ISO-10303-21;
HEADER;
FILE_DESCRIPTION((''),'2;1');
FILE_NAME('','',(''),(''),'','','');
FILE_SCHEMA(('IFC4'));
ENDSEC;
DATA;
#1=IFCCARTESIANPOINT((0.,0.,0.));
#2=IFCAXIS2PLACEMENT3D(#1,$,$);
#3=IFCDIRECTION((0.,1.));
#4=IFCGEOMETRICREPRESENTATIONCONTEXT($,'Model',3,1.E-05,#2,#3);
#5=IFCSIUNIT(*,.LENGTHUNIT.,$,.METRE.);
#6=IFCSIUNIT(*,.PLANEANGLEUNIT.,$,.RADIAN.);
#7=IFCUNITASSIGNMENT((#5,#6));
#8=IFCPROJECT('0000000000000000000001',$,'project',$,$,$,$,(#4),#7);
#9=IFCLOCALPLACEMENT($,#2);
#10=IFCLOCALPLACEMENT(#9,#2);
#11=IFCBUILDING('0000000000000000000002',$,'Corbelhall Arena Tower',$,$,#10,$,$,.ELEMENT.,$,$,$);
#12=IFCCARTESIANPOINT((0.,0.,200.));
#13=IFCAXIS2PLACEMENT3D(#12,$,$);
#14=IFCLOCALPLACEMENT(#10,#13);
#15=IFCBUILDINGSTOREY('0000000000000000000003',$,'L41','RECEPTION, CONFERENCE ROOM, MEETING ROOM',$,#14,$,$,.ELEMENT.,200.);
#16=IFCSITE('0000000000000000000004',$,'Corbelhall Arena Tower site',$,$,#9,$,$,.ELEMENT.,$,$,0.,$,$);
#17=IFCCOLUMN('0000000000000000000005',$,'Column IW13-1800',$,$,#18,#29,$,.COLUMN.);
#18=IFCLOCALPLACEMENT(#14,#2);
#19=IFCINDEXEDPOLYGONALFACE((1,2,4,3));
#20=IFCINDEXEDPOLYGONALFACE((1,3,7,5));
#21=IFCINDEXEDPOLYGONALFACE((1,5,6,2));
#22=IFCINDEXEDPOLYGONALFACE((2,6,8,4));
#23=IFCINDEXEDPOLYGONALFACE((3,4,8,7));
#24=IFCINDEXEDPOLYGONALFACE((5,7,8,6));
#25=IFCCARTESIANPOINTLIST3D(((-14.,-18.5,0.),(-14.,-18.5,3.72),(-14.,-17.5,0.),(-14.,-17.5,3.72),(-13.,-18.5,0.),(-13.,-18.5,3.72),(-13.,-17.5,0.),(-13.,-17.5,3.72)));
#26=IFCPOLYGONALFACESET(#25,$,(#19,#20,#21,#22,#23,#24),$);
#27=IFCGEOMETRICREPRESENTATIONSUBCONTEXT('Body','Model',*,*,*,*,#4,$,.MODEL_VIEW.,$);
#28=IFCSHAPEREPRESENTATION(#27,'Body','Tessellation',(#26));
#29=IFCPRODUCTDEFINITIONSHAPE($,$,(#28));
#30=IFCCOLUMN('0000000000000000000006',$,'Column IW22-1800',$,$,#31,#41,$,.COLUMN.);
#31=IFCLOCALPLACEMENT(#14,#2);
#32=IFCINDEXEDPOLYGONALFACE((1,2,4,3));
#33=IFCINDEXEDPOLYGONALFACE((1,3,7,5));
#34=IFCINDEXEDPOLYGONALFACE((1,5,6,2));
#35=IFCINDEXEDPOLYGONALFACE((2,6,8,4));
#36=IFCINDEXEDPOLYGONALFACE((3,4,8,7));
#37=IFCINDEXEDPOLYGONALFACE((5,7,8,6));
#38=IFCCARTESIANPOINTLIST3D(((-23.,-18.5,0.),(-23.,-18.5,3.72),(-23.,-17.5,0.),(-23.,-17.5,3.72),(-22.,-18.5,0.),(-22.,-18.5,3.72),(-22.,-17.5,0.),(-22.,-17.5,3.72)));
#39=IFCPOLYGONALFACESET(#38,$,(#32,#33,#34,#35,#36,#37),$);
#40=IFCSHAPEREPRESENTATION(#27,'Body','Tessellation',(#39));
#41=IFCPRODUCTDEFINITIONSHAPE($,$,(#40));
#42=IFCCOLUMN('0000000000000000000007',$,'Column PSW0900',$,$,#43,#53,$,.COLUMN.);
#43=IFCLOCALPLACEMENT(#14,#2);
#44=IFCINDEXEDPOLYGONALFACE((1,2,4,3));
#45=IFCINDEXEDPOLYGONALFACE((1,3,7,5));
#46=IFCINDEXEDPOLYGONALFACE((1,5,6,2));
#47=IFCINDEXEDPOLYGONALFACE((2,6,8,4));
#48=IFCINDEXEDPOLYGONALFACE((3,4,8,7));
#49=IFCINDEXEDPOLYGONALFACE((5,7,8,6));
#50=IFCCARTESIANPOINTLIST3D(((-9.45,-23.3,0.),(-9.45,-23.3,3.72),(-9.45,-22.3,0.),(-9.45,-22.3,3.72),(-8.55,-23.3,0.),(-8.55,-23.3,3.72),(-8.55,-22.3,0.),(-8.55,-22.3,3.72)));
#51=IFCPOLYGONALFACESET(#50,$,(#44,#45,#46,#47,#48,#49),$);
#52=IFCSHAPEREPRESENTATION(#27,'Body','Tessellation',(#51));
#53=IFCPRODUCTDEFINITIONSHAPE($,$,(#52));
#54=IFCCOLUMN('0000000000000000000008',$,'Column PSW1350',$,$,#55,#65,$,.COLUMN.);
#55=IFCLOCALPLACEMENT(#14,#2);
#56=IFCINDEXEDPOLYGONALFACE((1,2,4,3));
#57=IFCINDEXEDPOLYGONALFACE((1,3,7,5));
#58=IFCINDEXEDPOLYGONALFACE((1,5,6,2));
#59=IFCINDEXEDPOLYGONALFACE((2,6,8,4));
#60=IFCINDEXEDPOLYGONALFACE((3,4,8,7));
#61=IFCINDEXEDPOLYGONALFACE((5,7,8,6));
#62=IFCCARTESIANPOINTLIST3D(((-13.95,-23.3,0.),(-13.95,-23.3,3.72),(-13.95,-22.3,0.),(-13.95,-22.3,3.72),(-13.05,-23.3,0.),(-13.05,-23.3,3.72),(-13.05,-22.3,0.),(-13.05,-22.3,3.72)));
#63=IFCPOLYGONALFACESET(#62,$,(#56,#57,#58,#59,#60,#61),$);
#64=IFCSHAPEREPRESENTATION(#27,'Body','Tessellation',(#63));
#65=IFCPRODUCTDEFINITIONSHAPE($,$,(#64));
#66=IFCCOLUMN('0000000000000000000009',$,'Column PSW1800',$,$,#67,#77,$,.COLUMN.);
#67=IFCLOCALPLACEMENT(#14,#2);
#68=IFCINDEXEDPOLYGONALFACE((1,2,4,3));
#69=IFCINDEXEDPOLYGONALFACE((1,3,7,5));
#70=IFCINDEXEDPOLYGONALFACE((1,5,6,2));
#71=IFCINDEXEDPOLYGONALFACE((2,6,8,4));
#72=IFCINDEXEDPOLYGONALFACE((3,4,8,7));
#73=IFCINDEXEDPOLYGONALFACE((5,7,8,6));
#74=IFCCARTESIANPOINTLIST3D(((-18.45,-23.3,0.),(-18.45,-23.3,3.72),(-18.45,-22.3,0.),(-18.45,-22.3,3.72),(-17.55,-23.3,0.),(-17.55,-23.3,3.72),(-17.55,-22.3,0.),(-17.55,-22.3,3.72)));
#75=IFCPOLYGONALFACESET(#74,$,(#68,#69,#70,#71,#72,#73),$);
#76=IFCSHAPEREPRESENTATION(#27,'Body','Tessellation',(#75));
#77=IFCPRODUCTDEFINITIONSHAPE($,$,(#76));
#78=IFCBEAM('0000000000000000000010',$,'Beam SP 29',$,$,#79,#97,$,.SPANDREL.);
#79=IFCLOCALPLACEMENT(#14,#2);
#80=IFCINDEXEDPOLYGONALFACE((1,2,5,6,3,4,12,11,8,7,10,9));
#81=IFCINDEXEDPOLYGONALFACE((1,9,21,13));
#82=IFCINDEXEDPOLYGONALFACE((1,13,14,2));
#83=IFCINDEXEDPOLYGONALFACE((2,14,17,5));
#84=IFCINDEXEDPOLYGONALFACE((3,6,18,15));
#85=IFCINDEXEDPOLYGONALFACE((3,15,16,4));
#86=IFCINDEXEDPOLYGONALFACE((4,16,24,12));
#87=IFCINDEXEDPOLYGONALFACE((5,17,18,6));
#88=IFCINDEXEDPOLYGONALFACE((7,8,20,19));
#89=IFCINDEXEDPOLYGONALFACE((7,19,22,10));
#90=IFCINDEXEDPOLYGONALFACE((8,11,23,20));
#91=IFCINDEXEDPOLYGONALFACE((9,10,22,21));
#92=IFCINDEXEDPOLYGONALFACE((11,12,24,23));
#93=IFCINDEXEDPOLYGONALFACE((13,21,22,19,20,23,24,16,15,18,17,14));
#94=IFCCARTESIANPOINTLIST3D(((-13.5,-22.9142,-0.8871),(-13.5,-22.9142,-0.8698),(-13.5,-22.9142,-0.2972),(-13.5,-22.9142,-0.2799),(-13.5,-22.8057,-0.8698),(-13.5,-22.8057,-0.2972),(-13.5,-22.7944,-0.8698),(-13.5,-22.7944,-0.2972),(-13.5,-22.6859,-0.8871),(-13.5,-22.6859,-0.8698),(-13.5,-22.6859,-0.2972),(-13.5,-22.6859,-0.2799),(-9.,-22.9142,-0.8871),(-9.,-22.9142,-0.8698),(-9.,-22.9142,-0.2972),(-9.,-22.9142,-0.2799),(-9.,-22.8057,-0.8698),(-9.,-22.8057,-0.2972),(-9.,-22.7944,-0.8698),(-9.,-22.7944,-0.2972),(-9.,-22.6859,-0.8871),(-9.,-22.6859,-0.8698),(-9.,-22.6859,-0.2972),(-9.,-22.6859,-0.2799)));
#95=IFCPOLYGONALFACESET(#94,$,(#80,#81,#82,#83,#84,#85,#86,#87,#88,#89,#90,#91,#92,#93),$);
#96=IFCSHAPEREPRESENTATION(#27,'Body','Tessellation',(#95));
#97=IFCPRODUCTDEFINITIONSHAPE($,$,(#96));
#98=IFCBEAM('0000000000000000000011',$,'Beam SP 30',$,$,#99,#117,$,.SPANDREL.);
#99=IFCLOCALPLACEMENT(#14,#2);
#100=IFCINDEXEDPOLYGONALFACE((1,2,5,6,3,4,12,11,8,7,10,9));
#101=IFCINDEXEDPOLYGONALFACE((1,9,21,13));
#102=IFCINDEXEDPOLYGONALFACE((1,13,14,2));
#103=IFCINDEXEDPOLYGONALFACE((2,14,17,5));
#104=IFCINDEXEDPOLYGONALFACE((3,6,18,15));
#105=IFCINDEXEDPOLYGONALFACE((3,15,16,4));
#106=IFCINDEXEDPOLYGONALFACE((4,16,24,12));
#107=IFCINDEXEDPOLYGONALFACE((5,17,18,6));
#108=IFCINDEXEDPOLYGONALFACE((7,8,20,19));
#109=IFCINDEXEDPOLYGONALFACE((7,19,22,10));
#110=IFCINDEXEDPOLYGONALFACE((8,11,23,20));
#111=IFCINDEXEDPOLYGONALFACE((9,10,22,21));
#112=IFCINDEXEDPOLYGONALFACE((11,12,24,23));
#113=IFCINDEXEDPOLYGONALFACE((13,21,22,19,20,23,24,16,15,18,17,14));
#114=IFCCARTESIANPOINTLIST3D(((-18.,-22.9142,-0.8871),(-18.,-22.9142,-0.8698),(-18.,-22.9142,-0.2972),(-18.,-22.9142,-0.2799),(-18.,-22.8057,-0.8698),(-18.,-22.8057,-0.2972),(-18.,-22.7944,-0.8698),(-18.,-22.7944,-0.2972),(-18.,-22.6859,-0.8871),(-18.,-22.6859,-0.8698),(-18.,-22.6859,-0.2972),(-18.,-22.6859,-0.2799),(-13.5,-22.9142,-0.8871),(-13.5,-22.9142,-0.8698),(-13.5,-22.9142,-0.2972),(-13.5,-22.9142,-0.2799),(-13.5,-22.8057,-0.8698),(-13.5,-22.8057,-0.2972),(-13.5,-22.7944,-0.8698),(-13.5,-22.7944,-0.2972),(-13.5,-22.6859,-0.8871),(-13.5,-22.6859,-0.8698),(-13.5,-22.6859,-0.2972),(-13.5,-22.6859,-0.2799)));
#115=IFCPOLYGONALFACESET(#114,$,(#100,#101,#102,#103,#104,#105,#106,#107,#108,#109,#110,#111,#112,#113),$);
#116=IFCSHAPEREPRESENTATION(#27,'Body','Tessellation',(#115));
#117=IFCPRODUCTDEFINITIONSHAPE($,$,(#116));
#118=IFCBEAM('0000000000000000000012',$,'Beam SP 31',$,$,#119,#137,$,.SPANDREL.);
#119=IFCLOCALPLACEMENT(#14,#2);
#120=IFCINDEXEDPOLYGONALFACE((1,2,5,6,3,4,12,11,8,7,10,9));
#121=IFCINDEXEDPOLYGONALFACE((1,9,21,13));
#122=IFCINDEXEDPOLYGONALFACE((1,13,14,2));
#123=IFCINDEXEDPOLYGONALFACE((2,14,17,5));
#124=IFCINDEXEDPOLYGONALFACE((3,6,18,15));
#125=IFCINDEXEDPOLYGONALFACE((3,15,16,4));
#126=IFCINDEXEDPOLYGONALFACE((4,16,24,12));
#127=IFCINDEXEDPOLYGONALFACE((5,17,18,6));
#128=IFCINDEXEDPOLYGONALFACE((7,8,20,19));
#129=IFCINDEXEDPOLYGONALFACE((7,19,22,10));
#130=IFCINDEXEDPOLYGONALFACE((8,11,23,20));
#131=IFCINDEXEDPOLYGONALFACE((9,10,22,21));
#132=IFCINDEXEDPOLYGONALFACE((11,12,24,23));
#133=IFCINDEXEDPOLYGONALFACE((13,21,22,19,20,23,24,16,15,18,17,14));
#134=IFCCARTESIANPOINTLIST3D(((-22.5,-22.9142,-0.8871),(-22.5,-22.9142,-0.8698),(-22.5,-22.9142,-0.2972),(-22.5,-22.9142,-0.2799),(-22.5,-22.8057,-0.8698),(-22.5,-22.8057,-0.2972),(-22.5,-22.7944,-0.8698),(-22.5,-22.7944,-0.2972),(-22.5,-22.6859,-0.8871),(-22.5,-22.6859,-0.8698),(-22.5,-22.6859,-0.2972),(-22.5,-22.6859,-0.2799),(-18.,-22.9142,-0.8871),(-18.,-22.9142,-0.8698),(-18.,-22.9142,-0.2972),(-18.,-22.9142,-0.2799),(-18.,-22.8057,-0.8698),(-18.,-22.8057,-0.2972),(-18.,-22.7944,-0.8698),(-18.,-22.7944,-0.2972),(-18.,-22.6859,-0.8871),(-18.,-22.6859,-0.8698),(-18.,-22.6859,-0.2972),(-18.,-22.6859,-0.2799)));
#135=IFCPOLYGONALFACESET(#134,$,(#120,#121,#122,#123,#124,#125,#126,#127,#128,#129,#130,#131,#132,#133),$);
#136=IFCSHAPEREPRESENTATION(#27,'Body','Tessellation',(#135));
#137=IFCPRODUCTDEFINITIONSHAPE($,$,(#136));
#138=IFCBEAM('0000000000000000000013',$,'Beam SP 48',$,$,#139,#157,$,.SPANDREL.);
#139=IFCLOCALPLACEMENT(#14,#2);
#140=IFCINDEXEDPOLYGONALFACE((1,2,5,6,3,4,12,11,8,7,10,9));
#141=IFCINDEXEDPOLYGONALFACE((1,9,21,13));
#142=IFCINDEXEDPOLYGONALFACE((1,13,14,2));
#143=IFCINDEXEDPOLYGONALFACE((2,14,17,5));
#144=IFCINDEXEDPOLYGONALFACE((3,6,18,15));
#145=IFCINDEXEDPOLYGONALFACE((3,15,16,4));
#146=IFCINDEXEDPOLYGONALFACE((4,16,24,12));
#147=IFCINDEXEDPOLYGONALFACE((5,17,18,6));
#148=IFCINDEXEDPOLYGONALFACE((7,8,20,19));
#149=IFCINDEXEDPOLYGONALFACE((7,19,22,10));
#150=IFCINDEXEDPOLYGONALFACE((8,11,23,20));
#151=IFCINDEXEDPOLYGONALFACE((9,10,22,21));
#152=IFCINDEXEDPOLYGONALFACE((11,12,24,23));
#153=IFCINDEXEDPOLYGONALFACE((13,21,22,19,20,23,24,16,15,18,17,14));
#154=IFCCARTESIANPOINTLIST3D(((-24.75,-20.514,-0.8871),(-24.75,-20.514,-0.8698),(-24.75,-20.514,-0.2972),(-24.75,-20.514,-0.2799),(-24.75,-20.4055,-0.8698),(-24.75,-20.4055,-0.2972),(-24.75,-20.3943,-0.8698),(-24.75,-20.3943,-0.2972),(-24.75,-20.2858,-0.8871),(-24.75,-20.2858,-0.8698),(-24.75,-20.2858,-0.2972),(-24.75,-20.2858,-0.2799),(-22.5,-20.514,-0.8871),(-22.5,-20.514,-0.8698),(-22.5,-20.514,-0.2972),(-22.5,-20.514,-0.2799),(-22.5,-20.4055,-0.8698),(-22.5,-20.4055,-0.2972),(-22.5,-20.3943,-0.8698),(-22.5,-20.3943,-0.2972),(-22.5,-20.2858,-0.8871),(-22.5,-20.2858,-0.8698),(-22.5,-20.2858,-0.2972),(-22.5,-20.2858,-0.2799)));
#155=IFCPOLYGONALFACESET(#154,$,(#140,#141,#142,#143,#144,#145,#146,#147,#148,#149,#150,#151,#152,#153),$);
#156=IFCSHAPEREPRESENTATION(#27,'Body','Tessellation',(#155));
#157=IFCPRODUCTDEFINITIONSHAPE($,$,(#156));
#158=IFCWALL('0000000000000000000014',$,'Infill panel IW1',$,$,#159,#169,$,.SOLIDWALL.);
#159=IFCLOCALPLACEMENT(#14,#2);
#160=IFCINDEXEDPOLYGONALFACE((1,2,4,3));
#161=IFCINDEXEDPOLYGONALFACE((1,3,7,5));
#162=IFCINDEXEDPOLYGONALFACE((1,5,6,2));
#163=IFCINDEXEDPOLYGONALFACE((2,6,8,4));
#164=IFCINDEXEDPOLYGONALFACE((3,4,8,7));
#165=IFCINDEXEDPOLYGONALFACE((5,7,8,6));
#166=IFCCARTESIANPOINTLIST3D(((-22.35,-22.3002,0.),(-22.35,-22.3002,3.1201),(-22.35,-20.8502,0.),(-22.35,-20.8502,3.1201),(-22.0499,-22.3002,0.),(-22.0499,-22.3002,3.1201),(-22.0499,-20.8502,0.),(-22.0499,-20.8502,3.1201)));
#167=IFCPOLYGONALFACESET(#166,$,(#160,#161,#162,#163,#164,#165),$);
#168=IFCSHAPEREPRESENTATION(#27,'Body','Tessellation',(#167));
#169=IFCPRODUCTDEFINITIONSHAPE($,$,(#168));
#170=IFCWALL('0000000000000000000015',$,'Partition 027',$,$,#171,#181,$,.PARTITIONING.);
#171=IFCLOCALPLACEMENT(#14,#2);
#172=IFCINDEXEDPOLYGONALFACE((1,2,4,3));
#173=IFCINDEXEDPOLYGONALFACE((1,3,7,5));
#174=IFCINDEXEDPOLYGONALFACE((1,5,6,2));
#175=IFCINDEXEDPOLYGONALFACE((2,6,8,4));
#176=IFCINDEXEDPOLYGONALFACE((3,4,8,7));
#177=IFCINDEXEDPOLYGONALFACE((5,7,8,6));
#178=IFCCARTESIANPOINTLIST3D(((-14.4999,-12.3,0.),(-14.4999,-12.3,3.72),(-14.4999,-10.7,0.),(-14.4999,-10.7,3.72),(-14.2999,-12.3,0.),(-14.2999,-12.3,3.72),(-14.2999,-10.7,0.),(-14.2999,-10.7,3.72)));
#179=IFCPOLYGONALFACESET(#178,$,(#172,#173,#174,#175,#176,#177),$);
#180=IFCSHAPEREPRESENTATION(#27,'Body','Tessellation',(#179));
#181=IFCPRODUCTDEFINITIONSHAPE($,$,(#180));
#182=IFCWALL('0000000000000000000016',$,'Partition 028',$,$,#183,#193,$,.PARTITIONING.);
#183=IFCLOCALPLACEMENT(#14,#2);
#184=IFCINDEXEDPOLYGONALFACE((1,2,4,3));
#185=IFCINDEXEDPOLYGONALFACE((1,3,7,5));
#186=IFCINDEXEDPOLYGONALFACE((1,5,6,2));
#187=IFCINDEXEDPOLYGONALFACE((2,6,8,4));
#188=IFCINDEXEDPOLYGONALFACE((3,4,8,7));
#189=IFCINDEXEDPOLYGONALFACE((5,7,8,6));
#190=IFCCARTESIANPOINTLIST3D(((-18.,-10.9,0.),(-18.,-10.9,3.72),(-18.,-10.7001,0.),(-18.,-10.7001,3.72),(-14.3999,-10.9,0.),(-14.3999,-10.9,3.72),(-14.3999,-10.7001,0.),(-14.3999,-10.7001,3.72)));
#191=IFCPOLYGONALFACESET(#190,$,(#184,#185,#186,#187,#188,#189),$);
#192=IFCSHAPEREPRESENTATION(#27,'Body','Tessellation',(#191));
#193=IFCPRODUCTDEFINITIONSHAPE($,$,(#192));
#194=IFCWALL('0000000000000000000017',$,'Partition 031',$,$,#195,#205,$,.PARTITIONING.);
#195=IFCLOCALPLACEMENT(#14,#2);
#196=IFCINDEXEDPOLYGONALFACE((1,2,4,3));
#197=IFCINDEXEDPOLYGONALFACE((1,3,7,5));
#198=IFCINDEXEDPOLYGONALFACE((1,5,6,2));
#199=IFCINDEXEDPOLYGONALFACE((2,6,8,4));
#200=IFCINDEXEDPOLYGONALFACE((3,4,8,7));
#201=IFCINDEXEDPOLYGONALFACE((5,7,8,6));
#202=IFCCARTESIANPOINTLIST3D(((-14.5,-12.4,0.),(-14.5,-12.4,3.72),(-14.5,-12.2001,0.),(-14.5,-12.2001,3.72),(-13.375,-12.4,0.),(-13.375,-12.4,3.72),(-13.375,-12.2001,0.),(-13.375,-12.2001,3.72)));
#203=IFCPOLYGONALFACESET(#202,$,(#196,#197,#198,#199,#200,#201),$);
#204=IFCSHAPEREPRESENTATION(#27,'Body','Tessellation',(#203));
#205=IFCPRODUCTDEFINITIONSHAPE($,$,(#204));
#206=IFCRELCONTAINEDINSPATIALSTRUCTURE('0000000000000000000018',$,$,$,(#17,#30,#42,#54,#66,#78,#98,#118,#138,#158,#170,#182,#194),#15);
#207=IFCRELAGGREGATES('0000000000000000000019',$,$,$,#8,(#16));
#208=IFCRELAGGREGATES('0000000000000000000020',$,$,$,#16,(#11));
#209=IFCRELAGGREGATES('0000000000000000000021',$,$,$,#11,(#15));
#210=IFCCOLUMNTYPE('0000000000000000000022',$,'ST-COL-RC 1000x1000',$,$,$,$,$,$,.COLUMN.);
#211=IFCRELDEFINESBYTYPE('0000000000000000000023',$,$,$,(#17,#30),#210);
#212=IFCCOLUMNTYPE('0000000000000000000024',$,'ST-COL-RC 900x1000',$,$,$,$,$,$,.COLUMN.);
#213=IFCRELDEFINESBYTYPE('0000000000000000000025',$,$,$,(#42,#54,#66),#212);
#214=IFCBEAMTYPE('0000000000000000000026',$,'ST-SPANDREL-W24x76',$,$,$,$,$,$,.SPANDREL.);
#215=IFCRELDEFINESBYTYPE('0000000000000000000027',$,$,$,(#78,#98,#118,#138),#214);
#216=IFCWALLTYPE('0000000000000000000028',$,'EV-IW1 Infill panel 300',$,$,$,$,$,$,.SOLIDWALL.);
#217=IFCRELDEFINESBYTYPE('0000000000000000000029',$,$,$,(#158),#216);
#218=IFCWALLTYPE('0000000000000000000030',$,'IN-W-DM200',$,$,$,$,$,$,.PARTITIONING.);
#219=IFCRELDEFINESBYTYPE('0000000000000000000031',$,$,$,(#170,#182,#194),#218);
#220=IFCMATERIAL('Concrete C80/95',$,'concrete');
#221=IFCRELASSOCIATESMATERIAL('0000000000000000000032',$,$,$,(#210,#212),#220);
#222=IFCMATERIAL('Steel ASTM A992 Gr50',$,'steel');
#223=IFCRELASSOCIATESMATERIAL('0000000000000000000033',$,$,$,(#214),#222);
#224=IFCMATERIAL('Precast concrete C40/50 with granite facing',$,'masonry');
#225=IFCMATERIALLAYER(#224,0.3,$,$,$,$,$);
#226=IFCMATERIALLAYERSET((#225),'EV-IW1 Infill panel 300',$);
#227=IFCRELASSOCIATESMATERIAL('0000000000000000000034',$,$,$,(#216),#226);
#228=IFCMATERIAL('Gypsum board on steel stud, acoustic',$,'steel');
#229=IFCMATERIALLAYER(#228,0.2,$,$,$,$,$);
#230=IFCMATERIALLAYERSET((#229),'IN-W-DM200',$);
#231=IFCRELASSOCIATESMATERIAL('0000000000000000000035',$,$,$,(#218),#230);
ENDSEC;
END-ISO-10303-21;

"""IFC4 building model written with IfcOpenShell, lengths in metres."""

from ifc_helpers import new_model, si_unit, direction, frame, frame_2d, origin, origin_2d, place, context, subcontext, project, spatial, rectangle, i_section, extrude, material, layer, layer_set, material_profile, profile_set, type_object, element, save


model = new_model("IFC4")

# Units and contexts
model_context = context("Model", 3, precision=1e-05, world=origin(), true_north=direction((0.0, 1.0)))
body_context = subcontext(model_context, "Body", "Model", "MODEL_VIEW")
ifc_project = project(units=[si_unit("LENGTHUNIT", "METRE"), si_unit("PLANEANGLEUNIT", "RADIAN")], contexts=[model_context])

# Site, building, storey
site_placement = place(None, origin())
site = spatial("IfcSite", under=ifc_project, at=site_placement, Name="Corbelhall Arena Tower site", CompositionType="ELEMENT", RefElevation=0.0)
building_placement = place(site_placement, origin())
building = spatial("IfcBuilding", under=site, at=building_placement, Name="Corbelhall Arena Tower", CompositionType="ELEMENT")
storey_placement = place(building_placement, frame((0.0, 0.0, 200.0)))
storey = spatial("IfcBuildingStorey", under=building, at=storey_placement, Name="L41", Description="RECEPTION, CONFERENCE ROOM, MEETING ROOM", CompositionType="ELEMENT", Elevation=200.0)

# Columns
ifc_material_1 = material(Name="Concrete C80/95", Category="concrete")
ifc_material_profile_1 = material_profile(ifc_material_1, rectangle(XDim=1.0, YDim=1.0, at=origin_2d()))
ifc_profile_set_1 = profile_set([ifc_material_profile_1], Name="Concrete C80/95")
column_type_1 = type_object("IfcColumnType", Name="ST-COL-RC 1000x1000", PredefinedType="COLUMN", material=ifc_profile_set_1)
for number, where, z_axis, x_axis, name in (
    (1, (-13.5, -18.0, 0.0), (0.0, 0.0, 1.0), (1.0, 0.0, 0.0), "Column IW13-1800"),
    (2, (-22.5, -18.0, 0.0), (0.0, 0.0, 1.0), (1.0, 0.0, 0.0), "Column IW22-1800"),
):
    element("IfcColumn", number, at=place(storey_placement, frame(where, z_axis=z_axis, x_axis=x_axis)), inside=storey, type_object=column_type_1, Name=name, PredefinedType="COLUMN", context=body_context, shape_type="SweptSolid", body=[
        extrude(rectangle(XDim=1.0, YDim=1.0, at=origin_2d()), origin(), (0.0, 0.0, 1.0), 3.72),
    ])
ifc_material_profile_2 = material_profile(ifc_material_1, rectangle(XDim=0.8999, YDim=1.0, at=origin_2d()))
ifc_profile_set_2 = profile_set([ifc_material_profile_2], Name="Concrete C80/95")
column_type_2 = type_object("IfcColumnType", Name="ST-COL-RC 900x1000", PredefinedType="COLUMN", material=ifc_profile_set_2)
for number, where, z_axis, x_axis, name in (
    (3, (-9.0, -22.8, 0.0), (0.0, 0.0, 1.0), (1.0, 0.0, 0.0), "Column PSW0900"),
    (4, (-13.5, -22.8, 0.0), (0.0, 0.0, 1.0), (1.0, 0.0, 0.0), "Column PSW1350"),
    (5, (-18.0, -22.8, 0.0), (0.0, 0.0, 1.0), (1.0, 0.0, 0.0), "Column PSW1800"),
):
    element("IfcColumn", number, at=place(storey_placement, frame(where, z_axis=z_axis, x_axis=x_axis)), inside=storey, type_object=column_type_2, Name=name, PredefinedType="COLUMN", context=body_context, shape_type="SweptSolid", body=[
        extrude(rectangle(XDim=0.8999, YDim=1.0, at=origin_2d()), origin(), (0.0, 0.0, 1.0), 3.72),
    ])

# Beams
ifc_material_2 = material(Name="Steel ASTM A992 Gr50", Category="steel")
ifc_material_profile_3 = material_profile(ifc_material_2, i_section(OverallWidth=0.2283, OverallDepth=0.6072, WebThickness=0.0112, FlangeThickness=0.0173, at=origin_2d()))
ifc_profile_set_3 = profile_set([ifc_material_profile_3], Name="Steel ASTM A992 Gr50")
beam_type = type_object("IfcBeamType", Name="ST-SPANDREL-W24x76", PredefinedType="SPANDREL", material=ifc_profile_set_3)
for number, where, z_axis, x_axis, name in (
    (6, (-9.0, -22.8, -0.5835), (-1.0, 0.0, 0.0), (0.0, -1.0, 0.0), "Beam SP 29"),
    (7, (-13.5, -22.8, -0.5835), (-1.0, 0.0, 0.0), (0.0, -1.0, 0.0), "Beam SP 30"),
    (8, (-18.0, -22.8, -0.5835), (-1.0, 0.0, 0.0), (0.0, -1.0, 0.0), "Beam SP 31"),
):
    element("IfcBeam", number, at=place(storey_placement, frame(where, z_axis=z_axis, x_axis=x_axis)), inside=storey, type_object=beam_type, Name=name, PredefinedType="SPANDREL", context=body_context, shape_type="SweptSolid", body=[
        extrude(i_section(OverallWidth=0.2283, OverallDepth=0.6072, WebThickness=0.0112, FlangeThickness=0.0173, at=origin_2d()), origin(), (0.0, 0.0, 1.0), 4.5),
    ])
beam_placement = place(storey_placement, frame((-22.5, -20.3999, -0.5835), z_axis=(-1.0, 0.0, 0.0), x_axis=(0.0, -1.0, 0.0)))
element("IfcBeam", 9, at=beam_placement, inside=storey, type_object=beam_type, Name="Beam SP 48", PredefinedType="SPANDREL", context=body_context, shape_type="SweptSolid", body=[
    extrude(i_section(OverallWidth=0.2283, OverallDepth=0.6072, WebThickness=0.0112, FlangeThickness=0.0173, at=origin_2d()), origin(), (0.0, 0.0, 1.0), 2.25),
])

# Wall
ifc_material_3 = material(Name="Precast concrete C40/50 with granite facing", Category="masonry")
ifc_layer_1 = layer(ifc_material_3, 0.3)
ifc_layer_set_1 = layer_set([ifc_layer_1], Name="EV-IW1 Infill panel 300")
wall_type_1 = type_object("IfcWallType", Name="EV-IW1 Infill panel 300", PredefinedType="SOLIDWALL", material=ifc_layer_set_1)
wall_1_placement = place(storey_placement, frame((-22.2, -20.8501, 0.0), z_axis=(0.0, 0.0, 1.0), x_axis=(0.0, -1.0, 0.0)))
element("IfcWall", 10, at=wall_1_placement, inside=storey, type_object=wall_type_1, Name="Infill panel IW1", PredefinedType="SOLIDWALL", context=body_context, shape_type="SweptSolid", body=[
    extrude(rectangle(XDim=1.45, YDim=0.3, at=frame_2d((0.7251, 0.0))), origin(), (0.0, 0.0, 1.0), 3.1201),
])

# Shared definitions
ifc_material_4 = material(Name="Gypsum board on steel stud, acoustic", Category="steel")
ifc_layer_2 = layer(ifc_material_4, 0.2)
ifc_layer_set_2 = layer_set([ifc_layer_2], Name="IN-W-DM200")
wall_type_2 = type_object("IfcWallType", Name="IN-W-DM200", PredefinedType="PARTITIONING", material=ifc_layer_set_2)

# Walls
wall_2_placement = place(storey_placement, frame((-14.3999, -12.3, 0.0), z_axis=(0.0, 0.0, 1.0), x_axis=(0.0, 1.0, 0.0)))
element("IfcWall", 11, at=wall_2_placement, inside=storey, type_object=wall_type_2, Name="Partition 027", PredefinedType="PARTITIONING", context=body_context, shape_type="SweptSolid", body=[
    extrude(rectangle(XDim=1.6001, YDim=0.2, at=frame_2d((0.8, 0.0))), origin(), (0.0, 0.0, 1.0), 3.72),
])
wall_3_placement = place(storey_placement, frame((-14.3999, -10.8, 0.0), z_axis=(0.0, 0.0, 1.0), x_axis=(-1.0, 0.0, 0.0)))
element("IfcWall", 12, at=wall_3_placement, inside=storey, type_object=wall_type_2, Name="Partition 028", PredefinedType="PARTITIONING", context=body_context, shape_type="SweptSolid", body=[
    extrude(rectangle(XDim=3.6001, YDim=0.2, at=frame_2d((1.8, 0.0))), origin(), (0.0, 0.0, 1.0), 3.72),
])
wall_4_placement = place(storey_placement, frame((-13.375, -12.3, 0.0), z_axis=(0.0, 0.0, 1.0), x_axis=(-1.0, 0.0, 0.0)))
element("IfcWall", 13, at=wall_4_placement, inside=storey, type_object=wall_type_2, Name="Partition 031", PredefinedType="PARTITIONING", context=body_context, shape_type="SweptSolid", body=[
    extrude(rectangle(XDim=1.125, YDim=0.2, at=frame_2d((0.5625, 0.0))), origin(), (0.0, 0.0, 1.0), 3.72),
])

save(model, "model.ifc")
